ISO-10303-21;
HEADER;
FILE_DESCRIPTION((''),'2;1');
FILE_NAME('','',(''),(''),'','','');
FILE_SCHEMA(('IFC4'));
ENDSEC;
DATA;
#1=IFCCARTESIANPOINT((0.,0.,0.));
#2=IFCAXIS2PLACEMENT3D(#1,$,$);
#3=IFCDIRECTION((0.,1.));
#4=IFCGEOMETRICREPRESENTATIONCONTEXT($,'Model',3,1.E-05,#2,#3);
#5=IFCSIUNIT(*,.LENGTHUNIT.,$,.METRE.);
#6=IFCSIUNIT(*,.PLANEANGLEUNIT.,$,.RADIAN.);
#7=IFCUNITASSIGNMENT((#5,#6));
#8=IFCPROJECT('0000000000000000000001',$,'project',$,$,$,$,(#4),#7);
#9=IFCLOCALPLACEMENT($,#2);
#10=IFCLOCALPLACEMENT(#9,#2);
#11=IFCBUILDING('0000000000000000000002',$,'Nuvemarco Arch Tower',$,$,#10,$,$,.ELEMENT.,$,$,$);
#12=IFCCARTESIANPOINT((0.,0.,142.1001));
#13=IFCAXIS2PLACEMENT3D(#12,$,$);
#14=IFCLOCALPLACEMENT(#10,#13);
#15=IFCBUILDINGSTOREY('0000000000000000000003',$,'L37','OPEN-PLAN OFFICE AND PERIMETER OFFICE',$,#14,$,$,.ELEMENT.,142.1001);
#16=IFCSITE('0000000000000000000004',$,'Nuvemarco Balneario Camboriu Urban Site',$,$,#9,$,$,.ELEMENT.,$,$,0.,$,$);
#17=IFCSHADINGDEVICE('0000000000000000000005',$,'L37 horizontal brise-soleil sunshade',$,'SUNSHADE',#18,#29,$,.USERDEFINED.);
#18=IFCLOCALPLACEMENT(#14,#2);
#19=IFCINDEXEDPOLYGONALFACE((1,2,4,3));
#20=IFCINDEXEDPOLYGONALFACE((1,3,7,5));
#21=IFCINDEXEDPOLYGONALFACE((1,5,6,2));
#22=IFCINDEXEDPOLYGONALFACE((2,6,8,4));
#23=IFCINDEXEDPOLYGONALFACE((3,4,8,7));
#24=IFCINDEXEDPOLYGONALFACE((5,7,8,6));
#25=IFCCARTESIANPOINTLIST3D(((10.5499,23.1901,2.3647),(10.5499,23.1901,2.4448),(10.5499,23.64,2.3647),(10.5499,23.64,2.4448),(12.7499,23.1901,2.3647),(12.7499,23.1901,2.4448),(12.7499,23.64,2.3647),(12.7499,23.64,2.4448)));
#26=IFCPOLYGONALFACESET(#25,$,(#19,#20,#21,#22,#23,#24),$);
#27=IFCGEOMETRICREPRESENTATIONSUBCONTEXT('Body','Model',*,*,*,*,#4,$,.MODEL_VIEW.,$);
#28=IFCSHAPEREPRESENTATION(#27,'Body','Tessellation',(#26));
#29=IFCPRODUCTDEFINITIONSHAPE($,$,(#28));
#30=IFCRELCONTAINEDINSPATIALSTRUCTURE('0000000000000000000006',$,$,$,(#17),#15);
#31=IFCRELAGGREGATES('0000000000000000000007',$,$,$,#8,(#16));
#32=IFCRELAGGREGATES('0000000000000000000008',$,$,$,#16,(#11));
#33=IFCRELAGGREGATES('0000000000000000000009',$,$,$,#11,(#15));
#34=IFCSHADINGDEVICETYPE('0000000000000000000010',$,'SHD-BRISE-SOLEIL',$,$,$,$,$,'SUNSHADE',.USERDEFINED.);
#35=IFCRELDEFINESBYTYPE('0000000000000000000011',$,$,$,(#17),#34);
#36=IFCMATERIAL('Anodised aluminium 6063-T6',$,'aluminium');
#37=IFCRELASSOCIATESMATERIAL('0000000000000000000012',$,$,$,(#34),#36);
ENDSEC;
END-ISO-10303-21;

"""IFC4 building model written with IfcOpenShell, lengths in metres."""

from ifc_helpers import new_model, si_unit, direction, frame, origin, origin_2d, place, context, subcontext, project, spatial, rectangle, extrude, source, transform, mapped, material, type_object, type_shapes, element, save


model = new_model("IFC4")

# Units and contexts
model_context = context("Model", 3, precision=1e-05, world=origin(), true_north=direction((0.0, 1.0)))
body_context = subcontext(model_context, "Body", "Model", "MODEL_VIEW")
ifc_project = project(units=[si_unit("LENGTHUNIT", "METRE"), si_unit("PLANEANGLEUNIT", "RADIAN")], contexts=[model_context])

# Site, building, storey
site_placement = place(None, origin())
site = spatial("IfcSite", under=ifc_project, at=site_placement, Name="Nuvemarco Balneario Camboriu Urban Site", CompositionType="ELEMENT", RefElevation=0.0)
building_placement = place(site_placement, origin())
building = spatial("IfcBuilding", under=site, at=building_placement, Name="Nuvemarco Arch Tower", CompositionType="ELEMENT")
storey_placement = place(building_placement, frame((0.0, 0.0, 142.1001)))
storey = spatial("IfcBuildingStorey", under=building, at=storey_placement, Name="L37", Description="OPEN-PLAN OFFICE AND PERIMETER OFFICE", CompositionType="ELEMENT", Elevation=142.1001)

# Shading device
ifc_material_1 = material(Name="Anodised aluminium 6063-T6", Category="aluminium")
shading_device_type = type_object("IfcShadingDeviceType", Name="SHD-BRISE-SOLEIL", ElementType="SUNSHADE", PredefinedType="USERDEFINED", material=ifc_material_1)
shared_shape_1 = source(origin(), body_context, "Body", "SweptSolid", [
    extrude(rectangle(XDim=2.2, YDim=0.45, at=origin_2d()), origin(), (0.0, 0.0, 1.0), 0.0801),
])
type_shapes(shading_device_type, [shared_shape_1])
for number, where, z_axis, x_axis, name in (
    (1, (11.6499, 23.415, 2.3647), (0.0, 0.0, 1.0), (1.0, 0.0, 0.0), "L37 horizontal brise-soleil sunshade"),
):
    element("IfcShadingDevice", number, at=place(storey_placement, frame(where, z_axis=z_axis, x_axis=x_axis)), inside=storey, type_object=shading_device_type, Name=name, ObjectType="SUNSHADE", PredefinedType="USERDEFINED", context=body_context, shape_type="MappedRepresentation", body=[
        mapped(shared_shape_1, transform((0.0, 0.0, 0.0), scale=1.0)),
    ])

save(model, "model.ifc")
